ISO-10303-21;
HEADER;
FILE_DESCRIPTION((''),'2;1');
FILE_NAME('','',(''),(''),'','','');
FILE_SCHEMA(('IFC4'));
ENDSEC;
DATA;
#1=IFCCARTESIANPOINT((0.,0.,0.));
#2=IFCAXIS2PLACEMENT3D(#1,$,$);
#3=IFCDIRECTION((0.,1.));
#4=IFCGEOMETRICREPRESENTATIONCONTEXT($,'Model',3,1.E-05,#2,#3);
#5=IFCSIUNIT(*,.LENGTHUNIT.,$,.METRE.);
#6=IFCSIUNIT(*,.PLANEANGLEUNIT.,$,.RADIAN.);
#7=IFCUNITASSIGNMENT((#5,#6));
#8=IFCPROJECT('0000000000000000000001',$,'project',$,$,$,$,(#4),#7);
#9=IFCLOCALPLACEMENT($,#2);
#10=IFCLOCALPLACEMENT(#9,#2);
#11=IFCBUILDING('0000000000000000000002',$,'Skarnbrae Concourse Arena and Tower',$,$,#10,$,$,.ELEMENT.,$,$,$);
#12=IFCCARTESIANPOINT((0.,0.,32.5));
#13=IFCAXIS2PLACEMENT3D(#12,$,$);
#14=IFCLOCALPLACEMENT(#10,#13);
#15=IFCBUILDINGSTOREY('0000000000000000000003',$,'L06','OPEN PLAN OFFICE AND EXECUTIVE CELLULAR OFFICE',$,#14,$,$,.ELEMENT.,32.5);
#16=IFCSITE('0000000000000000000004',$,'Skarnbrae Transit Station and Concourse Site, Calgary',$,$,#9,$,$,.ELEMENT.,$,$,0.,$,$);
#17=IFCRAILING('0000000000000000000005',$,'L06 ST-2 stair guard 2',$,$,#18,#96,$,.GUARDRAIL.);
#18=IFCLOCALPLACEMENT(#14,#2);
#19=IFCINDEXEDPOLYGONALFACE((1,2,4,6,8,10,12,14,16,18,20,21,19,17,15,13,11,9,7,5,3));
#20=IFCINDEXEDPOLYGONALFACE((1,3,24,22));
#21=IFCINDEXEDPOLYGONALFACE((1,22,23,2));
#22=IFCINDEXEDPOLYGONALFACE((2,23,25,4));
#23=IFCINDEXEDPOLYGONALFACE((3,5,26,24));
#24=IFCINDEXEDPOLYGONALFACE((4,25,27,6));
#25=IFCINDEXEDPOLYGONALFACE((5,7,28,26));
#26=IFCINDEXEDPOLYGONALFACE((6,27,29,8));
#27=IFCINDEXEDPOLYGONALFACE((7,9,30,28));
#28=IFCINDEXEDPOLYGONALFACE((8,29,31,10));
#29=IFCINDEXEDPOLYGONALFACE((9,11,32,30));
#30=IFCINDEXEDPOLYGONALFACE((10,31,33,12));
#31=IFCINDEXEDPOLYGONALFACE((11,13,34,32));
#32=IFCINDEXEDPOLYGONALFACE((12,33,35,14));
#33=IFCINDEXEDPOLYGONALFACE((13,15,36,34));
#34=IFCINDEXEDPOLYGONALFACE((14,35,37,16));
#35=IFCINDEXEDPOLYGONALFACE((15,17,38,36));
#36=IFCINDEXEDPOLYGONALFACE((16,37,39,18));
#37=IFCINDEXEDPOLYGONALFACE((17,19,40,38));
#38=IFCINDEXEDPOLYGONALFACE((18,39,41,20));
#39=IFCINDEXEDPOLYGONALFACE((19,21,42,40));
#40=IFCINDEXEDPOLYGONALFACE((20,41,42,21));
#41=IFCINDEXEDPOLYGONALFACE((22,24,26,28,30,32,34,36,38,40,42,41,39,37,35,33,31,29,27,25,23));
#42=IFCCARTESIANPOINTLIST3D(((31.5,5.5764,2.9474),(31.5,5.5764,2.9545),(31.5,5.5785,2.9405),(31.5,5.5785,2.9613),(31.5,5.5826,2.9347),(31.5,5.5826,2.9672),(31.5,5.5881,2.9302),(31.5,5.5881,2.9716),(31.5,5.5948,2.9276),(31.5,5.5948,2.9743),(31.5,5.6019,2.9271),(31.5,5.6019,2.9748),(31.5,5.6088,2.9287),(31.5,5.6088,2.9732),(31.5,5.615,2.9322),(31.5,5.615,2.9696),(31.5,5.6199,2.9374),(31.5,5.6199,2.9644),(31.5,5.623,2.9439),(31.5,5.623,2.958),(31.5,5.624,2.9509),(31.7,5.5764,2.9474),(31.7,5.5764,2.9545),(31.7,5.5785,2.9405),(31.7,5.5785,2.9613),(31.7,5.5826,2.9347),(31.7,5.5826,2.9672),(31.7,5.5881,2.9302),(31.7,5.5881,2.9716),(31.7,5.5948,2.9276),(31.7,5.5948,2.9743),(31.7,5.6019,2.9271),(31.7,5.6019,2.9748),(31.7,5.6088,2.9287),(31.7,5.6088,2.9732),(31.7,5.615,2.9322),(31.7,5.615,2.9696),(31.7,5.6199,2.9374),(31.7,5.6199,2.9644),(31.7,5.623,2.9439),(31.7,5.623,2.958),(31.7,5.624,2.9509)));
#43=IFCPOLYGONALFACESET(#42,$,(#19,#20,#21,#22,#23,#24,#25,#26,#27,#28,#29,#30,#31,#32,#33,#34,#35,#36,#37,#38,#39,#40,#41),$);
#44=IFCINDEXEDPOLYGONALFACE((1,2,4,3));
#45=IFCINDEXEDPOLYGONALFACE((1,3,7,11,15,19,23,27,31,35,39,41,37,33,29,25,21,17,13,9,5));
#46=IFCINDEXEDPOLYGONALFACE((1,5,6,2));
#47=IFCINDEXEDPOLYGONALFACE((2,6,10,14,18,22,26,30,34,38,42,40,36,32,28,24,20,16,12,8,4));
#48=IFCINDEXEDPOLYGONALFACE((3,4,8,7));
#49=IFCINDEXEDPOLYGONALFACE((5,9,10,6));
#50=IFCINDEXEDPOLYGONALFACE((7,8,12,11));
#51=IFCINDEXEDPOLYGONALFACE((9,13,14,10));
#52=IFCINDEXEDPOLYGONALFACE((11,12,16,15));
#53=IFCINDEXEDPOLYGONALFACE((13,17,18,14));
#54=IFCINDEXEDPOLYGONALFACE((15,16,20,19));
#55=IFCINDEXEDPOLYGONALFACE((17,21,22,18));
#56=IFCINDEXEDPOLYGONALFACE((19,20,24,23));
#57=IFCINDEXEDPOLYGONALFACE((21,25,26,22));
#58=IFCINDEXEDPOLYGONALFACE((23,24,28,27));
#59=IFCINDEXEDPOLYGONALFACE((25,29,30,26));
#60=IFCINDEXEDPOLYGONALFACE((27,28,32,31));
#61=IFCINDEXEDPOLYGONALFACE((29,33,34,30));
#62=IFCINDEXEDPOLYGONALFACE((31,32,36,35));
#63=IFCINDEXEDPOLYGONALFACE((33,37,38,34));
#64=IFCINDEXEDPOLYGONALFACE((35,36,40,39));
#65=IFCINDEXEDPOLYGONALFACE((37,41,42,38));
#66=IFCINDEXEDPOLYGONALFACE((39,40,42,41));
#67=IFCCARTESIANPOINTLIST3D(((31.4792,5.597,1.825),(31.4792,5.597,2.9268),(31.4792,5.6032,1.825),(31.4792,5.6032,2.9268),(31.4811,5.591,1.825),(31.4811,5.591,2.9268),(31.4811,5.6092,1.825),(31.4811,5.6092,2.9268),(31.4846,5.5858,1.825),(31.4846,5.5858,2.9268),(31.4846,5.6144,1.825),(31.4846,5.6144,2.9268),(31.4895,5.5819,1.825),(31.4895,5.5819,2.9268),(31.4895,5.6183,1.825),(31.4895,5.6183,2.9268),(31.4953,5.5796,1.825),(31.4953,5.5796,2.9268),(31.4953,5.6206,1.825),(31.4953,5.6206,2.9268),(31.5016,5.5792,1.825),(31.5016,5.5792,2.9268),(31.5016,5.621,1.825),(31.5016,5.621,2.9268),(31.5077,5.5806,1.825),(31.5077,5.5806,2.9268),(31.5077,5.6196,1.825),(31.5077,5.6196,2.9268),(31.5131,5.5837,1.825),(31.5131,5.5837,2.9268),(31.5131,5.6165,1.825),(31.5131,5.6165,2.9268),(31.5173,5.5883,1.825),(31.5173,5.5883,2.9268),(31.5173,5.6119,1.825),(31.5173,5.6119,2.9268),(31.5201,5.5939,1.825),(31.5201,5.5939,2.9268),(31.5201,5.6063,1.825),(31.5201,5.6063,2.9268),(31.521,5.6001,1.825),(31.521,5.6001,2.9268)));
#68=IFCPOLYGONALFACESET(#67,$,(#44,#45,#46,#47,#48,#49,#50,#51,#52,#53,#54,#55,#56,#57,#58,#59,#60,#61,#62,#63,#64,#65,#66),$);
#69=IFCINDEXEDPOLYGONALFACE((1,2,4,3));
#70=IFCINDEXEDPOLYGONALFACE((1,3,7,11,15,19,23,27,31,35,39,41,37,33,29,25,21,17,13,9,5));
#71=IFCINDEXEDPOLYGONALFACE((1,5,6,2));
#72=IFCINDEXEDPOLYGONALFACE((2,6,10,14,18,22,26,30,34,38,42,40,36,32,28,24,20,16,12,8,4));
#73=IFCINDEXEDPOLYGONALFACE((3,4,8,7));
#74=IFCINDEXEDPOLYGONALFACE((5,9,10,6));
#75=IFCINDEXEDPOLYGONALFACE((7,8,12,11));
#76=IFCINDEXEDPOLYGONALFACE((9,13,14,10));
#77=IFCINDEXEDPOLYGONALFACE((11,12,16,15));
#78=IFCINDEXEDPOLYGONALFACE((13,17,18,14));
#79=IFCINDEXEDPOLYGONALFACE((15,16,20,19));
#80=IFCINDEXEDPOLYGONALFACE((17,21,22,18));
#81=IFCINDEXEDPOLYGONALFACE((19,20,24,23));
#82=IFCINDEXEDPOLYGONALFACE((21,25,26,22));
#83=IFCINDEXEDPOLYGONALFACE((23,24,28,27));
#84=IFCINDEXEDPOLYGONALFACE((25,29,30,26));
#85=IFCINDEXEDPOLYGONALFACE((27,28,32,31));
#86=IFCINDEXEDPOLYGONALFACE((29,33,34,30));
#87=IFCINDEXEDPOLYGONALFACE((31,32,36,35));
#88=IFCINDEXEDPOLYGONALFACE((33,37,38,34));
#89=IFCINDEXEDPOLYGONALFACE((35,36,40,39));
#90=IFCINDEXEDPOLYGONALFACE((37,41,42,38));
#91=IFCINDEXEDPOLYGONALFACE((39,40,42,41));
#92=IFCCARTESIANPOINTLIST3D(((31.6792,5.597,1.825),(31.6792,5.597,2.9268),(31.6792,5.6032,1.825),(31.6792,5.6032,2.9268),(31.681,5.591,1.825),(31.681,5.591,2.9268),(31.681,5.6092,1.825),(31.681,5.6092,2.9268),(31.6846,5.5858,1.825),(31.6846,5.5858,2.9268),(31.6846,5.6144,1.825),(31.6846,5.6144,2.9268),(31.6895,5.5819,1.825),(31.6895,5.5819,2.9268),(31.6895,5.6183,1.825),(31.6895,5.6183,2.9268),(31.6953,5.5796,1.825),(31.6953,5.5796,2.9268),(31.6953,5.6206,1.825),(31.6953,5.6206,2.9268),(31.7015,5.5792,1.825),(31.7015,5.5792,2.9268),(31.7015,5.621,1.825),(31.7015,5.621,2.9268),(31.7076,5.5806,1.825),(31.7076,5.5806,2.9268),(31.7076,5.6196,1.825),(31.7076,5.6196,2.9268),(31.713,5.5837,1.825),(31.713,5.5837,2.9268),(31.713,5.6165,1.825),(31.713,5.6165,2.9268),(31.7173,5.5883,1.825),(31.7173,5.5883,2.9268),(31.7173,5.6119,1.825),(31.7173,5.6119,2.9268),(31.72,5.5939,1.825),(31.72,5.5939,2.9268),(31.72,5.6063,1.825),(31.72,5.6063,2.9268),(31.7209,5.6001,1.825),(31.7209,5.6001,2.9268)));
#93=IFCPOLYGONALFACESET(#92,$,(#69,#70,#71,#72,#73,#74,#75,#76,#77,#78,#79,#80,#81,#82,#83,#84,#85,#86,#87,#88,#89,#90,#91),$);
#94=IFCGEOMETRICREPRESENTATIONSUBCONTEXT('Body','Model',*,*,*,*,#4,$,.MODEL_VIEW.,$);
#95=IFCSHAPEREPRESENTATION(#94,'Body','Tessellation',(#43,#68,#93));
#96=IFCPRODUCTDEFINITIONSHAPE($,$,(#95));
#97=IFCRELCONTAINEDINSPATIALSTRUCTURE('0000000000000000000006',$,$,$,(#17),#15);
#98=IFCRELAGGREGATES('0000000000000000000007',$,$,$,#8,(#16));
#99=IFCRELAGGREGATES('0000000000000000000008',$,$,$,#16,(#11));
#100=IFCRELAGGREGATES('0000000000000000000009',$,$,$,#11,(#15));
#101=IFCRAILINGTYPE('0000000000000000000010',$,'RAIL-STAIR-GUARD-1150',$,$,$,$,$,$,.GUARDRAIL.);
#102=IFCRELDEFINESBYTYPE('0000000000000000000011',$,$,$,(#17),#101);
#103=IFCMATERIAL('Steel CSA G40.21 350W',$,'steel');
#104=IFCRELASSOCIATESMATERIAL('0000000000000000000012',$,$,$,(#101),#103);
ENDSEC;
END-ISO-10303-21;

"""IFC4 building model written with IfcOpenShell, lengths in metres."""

from ifc_helpers import new_model, si_unit, direction, frame, origin, origin_2d, place, context, subcontext, project, spatial, circle, extrude, material, type_object, element, save


model = new_model("IFC4")

# Units and contexts
model_context = context("Model", 3, precision=1e-05, world=origin(), true_north=direction((0.0, 1.0)))
body_context = subcontext(model_context, "Body", "Model", "MODEL_VIEW")
ifc_project = project(units=[si_unit("LENGTHUNIT", "METRE"), si_unit("PLANEANGLEUNIT", "RADIAN")], contexts=[model_context])

# Site, building, storey
site_placement = place(None, origin())
site = spatial("IfcSite", under=ifc_project, at=site_placement, Name="Skarnbrae Transit Station and Concourse Site, Calgary", CompositionType="ELEMENT", RefElevation=0.0)
building_placement = place(site_placement, origin())
building = spatial("IfcBuilding", under=site, at=building_placement, Name="Skarnbrae Concourse Arena and Tower", CompositionType="ELEMENT")
storey_placement = place(building_placement, frame((0.0, 0.0, 32.5)))
storey = spatial("IfcBuildingStorey", under=building, at=storey_placement, Name="L06", Description="OPEN PLAN OFFICE AND EXECUTIVE CELLULAR OFFICE", CompositionType="ELEMENT", Elevation=32.5)

# Shared definitions
ifc_material_1 = material(Name="Steel CSA G40.21 350W", Category="steel")

# Railing
railing_type_1 = type_object("IfcRailingType", Name="RAIL-STAIR-GUARD-1150", PredefinedType="GUARDRAIL", material=ifc_material_1)
railing_1_placement = place(storey_placement, frame((31.5, 5.6001, 1.825)))
element("IfcRailing", 1, at=railing_1_placement, inside=storey, type_object=railing_type_1, Name="L06 ST-2 stair guard 2", PredefinedType="GUARDRAIL", context=body_context, shape_type="SweptSolid", body=[
    extrude(circle(Radius=0.0239, at=origin_2d()), frame((0.0, 0.0, 1.126), z_axis=(1.0, 0.0, 0.0), x_axis=(0.0, 1.0, 0.0)), (0.0, 0.0, 1.0), 0.2),
    extrude(circle(Radius=0.021, at=origin_2d()), origin(), (0.0, 0.0, 1.0), 1.1018),
    extrude(circle(Radius=0.021, at=origin_2d()), frame((0.2, 0.0, 0.0)), (0.0, 0.0, 1.0), 1.1018),
])

save(model, "model.ifc")
